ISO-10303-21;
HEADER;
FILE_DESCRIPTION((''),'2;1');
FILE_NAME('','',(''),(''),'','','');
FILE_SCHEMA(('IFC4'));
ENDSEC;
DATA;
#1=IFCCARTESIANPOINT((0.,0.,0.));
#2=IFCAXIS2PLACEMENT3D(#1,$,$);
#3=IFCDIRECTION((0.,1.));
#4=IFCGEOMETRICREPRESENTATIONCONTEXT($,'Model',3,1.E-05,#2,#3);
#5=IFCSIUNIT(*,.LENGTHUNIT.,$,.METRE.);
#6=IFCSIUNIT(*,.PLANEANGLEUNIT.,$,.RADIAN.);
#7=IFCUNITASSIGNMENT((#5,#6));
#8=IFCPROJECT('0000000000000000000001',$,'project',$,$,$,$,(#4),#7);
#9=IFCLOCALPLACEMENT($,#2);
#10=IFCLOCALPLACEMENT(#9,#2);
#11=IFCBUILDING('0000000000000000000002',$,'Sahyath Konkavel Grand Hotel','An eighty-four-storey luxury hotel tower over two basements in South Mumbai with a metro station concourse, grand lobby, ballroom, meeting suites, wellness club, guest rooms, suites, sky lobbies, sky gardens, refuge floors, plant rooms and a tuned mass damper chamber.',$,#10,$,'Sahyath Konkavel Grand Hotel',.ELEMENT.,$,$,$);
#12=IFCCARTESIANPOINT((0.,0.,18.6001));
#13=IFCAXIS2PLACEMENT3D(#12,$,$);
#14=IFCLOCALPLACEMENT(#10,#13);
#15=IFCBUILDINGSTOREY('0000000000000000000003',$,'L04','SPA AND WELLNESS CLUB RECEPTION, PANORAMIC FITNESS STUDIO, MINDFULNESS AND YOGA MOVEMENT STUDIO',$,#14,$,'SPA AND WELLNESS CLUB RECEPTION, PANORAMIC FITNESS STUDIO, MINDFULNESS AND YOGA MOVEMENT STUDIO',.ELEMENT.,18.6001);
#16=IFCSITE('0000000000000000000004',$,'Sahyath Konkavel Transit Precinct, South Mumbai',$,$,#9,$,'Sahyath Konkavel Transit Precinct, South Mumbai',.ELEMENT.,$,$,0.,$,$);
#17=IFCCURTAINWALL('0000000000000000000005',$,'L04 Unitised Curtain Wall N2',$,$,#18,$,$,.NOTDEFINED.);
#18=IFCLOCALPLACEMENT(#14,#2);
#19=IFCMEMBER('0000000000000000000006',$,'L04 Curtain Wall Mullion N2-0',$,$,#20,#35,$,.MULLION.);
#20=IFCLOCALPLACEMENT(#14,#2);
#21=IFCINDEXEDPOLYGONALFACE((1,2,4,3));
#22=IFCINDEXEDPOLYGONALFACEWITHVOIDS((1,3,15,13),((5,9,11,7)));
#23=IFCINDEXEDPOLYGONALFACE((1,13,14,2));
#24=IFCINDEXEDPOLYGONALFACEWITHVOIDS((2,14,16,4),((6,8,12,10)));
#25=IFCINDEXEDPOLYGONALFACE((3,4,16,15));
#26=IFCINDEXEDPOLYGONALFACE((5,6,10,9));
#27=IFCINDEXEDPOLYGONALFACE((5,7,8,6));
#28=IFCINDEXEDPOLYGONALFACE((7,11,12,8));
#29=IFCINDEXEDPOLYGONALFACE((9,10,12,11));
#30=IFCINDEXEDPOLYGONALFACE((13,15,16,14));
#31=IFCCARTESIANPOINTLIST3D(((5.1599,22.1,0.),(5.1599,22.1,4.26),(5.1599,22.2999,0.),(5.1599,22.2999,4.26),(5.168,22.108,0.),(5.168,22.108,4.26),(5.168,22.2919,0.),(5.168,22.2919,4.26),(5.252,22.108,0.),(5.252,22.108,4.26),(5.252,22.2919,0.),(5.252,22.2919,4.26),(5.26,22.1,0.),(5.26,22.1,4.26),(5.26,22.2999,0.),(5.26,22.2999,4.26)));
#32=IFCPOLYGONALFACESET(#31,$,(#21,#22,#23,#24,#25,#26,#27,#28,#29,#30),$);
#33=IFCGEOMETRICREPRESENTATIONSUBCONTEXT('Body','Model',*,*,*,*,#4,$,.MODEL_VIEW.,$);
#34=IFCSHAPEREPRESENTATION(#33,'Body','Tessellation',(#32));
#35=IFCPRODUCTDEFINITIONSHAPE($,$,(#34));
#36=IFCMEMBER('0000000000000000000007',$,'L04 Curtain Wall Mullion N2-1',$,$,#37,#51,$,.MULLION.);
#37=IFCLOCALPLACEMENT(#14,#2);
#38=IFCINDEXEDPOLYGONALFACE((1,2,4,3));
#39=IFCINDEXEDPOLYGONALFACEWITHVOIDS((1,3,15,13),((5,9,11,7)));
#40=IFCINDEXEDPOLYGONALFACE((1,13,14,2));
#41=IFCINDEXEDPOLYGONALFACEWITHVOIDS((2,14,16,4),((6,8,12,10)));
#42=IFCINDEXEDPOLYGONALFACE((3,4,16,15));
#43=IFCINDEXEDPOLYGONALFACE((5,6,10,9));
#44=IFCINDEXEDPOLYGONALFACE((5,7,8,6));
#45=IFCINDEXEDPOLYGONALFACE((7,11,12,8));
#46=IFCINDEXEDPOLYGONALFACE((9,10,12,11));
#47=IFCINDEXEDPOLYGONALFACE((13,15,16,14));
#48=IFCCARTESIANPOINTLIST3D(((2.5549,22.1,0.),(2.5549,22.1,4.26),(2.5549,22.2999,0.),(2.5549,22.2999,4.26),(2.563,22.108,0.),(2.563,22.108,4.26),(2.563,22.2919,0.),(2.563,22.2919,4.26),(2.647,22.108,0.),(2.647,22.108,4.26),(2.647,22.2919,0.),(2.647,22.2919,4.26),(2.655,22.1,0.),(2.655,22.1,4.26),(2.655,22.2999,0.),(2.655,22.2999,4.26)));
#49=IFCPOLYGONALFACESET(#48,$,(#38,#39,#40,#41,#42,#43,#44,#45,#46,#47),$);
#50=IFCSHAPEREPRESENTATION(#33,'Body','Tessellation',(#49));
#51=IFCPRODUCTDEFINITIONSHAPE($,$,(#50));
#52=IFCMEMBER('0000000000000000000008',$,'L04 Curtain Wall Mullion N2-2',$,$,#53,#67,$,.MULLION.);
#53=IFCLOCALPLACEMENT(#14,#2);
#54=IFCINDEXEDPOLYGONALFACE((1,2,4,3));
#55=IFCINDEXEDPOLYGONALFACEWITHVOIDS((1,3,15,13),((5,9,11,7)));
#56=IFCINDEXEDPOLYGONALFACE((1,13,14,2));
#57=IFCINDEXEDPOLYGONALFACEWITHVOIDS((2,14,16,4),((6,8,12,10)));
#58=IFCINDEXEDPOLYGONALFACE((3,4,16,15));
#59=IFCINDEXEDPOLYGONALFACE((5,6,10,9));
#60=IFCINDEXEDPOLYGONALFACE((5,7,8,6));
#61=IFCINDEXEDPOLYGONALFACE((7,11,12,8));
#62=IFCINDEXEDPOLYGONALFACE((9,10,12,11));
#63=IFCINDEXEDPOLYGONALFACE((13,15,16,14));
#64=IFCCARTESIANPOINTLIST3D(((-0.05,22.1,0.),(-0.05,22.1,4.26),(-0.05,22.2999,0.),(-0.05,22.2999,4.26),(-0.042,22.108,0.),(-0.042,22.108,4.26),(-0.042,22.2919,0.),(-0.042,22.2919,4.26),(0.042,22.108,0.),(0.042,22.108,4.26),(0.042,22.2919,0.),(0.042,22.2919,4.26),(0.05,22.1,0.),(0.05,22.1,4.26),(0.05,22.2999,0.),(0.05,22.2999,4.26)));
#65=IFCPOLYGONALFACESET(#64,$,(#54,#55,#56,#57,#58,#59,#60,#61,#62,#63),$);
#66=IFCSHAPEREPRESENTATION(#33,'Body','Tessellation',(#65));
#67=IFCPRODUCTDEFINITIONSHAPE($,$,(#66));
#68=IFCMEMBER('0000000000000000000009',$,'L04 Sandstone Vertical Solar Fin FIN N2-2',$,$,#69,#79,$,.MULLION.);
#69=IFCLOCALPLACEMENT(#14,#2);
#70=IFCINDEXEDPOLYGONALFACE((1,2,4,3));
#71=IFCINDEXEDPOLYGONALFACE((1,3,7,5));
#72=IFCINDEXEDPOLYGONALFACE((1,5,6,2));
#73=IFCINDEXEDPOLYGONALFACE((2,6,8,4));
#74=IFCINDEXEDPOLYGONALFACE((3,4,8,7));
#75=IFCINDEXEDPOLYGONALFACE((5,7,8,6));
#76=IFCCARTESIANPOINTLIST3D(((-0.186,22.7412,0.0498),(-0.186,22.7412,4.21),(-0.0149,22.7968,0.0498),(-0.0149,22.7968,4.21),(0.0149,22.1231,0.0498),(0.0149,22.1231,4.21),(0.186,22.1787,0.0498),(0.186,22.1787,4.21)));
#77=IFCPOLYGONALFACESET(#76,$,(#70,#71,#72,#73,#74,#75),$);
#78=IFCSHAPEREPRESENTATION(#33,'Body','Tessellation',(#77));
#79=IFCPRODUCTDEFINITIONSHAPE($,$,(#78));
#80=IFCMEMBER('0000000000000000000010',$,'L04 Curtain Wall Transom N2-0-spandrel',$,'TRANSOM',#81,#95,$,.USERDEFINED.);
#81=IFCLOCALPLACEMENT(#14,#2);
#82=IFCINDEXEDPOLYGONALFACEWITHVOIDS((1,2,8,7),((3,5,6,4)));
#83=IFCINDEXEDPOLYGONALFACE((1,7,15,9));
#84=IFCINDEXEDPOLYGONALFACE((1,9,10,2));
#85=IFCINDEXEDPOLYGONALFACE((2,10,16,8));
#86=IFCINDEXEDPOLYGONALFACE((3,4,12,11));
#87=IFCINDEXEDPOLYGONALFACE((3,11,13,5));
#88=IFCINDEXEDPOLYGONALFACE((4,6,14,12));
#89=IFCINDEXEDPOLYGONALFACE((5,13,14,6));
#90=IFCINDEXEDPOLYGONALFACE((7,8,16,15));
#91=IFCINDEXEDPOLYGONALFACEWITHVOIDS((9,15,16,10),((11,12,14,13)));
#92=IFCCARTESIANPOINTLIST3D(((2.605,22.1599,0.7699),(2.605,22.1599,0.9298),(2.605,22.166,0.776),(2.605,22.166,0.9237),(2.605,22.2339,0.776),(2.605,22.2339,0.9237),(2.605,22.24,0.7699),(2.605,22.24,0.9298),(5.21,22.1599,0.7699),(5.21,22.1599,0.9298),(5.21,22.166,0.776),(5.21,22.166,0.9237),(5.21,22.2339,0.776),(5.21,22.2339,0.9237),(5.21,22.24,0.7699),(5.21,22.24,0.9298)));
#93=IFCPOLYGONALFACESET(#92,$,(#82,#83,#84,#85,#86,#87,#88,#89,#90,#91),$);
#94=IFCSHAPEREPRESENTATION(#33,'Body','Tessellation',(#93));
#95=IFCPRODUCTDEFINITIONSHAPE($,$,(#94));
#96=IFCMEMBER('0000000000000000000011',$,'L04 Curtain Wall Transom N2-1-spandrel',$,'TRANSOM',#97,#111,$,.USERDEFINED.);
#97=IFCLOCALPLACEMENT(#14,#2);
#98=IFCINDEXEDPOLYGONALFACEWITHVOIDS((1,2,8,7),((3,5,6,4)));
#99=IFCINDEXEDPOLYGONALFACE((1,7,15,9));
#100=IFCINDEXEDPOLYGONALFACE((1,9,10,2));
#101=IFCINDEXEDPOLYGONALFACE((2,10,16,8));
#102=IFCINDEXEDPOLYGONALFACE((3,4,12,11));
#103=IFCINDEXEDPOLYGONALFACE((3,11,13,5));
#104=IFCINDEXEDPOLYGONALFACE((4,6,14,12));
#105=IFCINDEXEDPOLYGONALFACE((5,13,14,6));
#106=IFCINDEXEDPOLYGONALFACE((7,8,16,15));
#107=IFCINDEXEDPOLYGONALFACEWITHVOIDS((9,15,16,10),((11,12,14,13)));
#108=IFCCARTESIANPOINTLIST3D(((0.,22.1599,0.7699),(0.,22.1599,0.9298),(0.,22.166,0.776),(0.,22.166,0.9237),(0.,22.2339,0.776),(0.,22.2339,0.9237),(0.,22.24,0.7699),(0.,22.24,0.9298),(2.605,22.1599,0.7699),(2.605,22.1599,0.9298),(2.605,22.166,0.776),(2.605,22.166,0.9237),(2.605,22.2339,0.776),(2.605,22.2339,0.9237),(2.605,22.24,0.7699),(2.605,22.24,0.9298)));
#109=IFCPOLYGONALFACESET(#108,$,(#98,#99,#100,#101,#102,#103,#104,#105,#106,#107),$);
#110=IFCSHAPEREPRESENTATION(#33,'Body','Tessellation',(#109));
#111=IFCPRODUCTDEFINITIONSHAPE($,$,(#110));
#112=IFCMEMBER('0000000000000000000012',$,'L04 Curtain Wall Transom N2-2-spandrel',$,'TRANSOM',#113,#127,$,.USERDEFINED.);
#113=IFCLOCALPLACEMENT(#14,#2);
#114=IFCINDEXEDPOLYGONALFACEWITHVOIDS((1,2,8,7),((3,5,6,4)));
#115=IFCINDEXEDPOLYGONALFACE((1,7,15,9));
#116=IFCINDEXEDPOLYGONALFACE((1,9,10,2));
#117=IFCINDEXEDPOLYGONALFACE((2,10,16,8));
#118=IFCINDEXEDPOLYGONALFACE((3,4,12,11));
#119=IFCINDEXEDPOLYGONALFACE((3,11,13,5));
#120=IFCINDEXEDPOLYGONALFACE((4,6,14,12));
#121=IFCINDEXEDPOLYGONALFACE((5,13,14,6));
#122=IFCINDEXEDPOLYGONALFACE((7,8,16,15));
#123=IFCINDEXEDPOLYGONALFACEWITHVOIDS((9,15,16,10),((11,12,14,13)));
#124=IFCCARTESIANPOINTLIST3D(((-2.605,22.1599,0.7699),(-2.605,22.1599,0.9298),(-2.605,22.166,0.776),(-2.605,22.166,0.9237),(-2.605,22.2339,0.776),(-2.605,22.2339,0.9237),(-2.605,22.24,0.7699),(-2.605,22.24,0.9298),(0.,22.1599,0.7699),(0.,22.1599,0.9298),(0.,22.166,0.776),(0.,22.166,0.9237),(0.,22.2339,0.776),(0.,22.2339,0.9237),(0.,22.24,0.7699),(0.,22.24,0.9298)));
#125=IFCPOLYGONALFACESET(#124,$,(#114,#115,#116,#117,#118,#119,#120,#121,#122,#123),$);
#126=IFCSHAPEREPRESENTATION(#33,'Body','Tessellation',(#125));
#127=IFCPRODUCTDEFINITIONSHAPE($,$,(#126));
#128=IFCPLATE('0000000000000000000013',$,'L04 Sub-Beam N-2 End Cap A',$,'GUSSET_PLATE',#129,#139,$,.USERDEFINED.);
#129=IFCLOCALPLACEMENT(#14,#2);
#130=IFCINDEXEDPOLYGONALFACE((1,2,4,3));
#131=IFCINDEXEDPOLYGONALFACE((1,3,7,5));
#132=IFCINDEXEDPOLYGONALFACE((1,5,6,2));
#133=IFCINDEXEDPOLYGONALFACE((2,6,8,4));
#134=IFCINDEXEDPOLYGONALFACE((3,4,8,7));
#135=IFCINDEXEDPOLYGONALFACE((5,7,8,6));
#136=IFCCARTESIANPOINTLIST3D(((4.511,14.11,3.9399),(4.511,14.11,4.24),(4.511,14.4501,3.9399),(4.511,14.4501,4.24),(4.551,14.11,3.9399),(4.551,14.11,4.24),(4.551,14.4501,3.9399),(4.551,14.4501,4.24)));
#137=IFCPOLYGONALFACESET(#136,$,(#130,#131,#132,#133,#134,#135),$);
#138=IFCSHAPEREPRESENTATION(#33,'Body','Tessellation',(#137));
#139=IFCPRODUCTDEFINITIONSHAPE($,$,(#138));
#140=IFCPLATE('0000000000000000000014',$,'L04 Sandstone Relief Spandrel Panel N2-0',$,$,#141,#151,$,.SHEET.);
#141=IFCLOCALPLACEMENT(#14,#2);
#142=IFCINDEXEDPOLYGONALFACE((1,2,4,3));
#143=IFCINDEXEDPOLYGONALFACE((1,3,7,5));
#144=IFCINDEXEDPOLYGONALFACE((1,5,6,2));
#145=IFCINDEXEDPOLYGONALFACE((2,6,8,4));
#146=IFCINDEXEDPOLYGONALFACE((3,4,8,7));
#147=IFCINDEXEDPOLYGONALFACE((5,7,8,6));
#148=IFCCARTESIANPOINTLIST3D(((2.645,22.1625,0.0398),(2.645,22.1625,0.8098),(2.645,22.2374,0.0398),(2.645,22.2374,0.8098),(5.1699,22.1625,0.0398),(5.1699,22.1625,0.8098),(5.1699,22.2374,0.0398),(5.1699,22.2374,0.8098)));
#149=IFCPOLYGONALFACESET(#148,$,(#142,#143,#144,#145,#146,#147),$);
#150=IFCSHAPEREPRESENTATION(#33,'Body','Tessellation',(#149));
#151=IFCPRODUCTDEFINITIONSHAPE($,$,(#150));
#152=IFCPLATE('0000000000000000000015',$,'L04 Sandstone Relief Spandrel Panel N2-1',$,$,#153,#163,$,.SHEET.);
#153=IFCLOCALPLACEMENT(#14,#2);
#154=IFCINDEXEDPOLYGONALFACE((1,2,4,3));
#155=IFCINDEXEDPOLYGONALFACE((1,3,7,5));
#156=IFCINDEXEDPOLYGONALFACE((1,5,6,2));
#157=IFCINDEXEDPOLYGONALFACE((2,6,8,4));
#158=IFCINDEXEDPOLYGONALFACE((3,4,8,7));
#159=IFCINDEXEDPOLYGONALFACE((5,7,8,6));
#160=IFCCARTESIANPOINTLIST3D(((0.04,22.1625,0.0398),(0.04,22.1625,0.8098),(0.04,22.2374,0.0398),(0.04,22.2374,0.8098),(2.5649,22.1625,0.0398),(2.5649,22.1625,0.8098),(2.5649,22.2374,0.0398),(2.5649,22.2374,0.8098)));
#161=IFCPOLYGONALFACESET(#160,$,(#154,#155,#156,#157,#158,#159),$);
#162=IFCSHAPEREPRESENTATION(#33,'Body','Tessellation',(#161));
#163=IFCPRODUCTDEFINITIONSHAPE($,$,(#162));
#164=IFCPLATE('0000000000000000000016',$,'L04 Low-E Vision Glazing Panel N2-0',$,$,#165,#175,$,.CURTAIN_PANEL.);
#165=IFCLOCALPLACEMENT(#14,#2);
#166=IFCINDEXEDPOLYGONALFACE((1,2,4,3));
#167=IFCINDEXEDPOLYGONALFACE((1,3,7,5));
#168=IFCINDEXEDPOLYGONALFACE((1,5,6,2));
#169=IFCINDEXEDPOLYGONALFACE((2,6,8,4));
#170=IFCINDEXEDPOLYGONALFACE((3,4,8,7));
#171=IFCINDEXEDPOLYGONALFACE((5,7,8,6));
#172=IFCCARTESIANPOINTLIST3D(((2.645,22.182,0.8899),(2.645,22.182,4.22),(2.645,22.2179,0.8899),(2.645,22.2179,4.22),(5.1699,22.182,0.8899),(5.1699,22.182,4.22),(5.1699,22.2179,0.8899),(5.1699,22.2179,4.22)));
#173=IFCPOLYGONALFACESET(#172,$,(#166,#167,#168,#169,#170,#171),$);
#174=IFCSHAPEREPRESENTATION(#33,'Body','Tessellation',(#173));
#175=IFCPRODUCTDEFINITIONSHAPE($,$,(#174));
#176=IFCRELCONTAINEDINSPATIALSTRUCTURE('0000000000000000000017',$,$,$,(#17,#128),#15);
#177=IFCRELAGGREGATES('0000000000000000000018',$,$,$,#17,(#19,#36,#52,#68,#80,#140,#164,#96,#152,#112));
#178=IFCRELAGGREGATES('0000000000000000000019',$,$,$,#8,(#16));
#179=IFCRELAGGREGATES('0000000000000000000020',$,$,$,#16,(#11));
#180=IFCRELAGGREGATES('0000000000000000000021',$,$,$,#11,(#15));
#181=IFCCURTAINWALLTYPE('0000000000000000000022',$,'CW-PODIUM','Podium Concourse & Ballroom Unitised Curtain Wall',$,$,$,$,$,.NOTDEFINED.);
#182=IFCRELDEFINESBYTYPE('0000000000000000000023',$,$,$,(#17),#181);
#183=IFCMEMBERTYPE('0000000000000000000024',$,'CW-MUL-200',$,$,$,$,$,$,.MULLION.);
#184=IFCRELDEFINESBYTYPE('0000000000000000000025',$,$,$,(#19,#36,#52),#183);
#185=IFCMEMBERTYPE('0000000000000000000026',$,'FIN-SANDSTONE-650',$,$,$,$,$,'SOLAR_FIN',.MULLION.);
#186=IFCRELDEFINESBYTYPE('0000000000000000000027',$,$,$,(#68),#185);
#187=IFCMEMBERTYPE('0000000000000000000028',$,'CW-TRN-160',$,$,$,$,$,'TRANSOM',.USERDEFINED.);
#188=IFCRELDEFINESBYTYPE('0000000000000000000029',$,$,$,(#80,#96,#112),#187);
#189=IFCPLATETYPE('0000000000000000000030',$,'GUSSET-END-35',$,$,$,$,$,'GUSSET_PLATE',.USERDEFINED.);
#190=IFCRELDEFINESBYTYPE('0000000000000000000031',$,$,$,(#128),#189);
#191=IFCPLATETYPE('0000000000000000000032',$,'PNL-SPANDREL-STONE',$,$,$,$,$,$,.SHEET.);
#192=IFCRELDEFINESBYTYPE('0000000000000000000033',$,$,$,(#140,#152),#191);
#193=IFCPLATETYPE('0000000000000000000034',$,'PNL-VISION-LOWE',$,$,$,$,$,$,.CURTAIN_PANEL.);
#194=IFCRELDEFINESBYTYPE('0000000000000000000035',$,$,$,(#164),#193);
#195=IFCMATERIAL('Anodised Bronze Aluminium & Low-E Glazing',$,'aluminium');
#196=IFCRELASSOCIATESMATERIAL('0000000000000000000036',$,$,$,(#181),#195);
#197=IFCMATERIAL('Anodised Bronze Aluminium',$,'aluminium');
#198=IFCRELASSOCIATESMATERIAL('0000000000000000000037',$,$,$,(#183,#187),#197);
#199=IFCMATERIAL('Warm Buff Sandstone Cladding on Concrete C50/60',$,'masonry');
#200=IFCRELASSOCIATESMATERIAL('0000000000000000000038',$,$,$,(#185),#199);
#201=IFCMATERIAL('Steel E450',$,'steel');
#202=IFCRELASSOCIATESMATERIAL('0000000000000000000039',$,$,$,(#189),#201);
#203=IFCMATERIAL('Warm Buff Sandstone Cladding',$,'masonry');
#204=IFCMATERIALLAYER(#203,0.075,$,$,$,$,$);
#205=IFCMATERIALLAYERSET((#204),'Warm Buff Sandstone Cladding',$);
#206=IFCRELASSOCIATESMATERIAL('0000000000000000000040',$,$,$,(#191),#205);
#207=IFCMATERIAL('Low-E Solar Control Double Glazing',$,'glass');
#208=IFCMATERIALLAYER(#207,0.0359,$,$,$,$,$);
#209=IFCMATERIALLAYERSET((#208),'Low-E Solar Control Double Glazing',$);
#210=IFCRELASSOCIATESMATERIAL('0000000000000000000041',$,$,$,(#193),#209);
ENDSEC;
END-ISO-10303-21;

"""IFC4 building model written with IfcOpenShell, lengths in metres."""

from ifc_helpers import new_model, si_unit, direction, frame, origin, origin_2d, place, context, subcontext, project, spatial, rectangle, hollow_rectangle, extrude, source, transform, mapped, material, layer, layer_set, material_profile, profile_set, type_object, element, aggregate, save


model = new_model("IFC4")

# Units and contexts
model_context = context("Model", 3, precision=1e-05, world=origin(), true_north=direction((0.0, 1.0)))
body_context = subcontext(model_context, "Body", "Model", "MODEL_VIEW")
ifc_project = project(units=[si_unit("LENGTHUNIT", "METRE"), si_unit("PLANEANGLEUNIT", "RADIAN")], contexts=[model_context])

# Site, building, storey
site_placement = place(None, origin())
site = spatial("IfcSite", under=ifc_project, at=site_placement, Name="Sahyath Konkavel Transit Precinct, South Mumbai", LongName="Sahyath Konkavel Transit Precinct, South Mumbai", CompositionType="ELEMENT", RefElevation=0.0)
building_placement = place(site_placement, origin())
building = spatial("IfcBuilding", under=site, at=building_placement, Name="Sahyath Konkavel Grand Hotel", Description="An eighty-four-storey luxury hotel tower over two basements in South Mumbai with a metro station concourse, grand lobby, ballroom, meeting suites, wellness club, guest rooms, suites, sky lobbies, sky gardens, refuge floors, plant rooms and a tuned mass damper chamber.", LongName="Sahyath Konkavel Grand Hotel", CompositionType="ELEMENT")
storey_placement = place(building_placement, frame((0.0, 0.0, 18.6001)))
storey = spatial("IfcBuildingStorey", under=building, at=storey_placement, Name="L04", Description="SPA AND WELLNESS CLUB RECEPTION, PANORAMIC FITNESS STUDIO, MINDFULNESS AND YOGA MOVEMENT STUDIO", LongName="SPA AND WELLNESS CLUB RECEPTION, PANORAMIC FITNESS STUDIO, MINDFULNESS AND YOGA MOVEMENT STUDIO", CompositionType="ELEMENT", Elevation=18.6001)

# Curtain wall, members
ifc_material_1 = material(Name="Anodised Bronze Aluminium & Low-E Glazing", Category="aluminium")
curtain_wall_type = type_object("IfcCurtainWallType", Name="CW-PODIUM", Description="Podium Concourse & Ballroom Unitised Curtain Wall", PredefinedType="NOTDEFINED", material=ifc_material_1)
curtain_wall_placement = place(storey_placement, origin())
curtain_wall = element("IfcCurtainWall", 1, at=curtain_wall_placement, inside=storey, type_object=curtain_wall_type, Name="L04 Unitised Curtain Wall N2", PredefinedType="NOTDEFINED")
ifc_material_2 = material(Name="Anodised Bronze Aluminium", Category="aluminium")
ifc_material_profile_1 = material_profile(ifc_material_2, hollow_rectangle(XDim=0.1001, YDim=0.2, WallThickness=0.0081, at=origin_2d()), Name="RHS 200x100x8")
ifc_profile_set_1 = profile_set([ifc_material_profile_1], Name="Anodised Bronze Aluminium")
member_type_1 = type_object("IfcMemberType", Name="CW-MUL-200", PredefinedType="MULLION", material=ifc_profile_set_1)
shared_shape_1 = source(origin(), body_context, "Body", "SweptSolid", [
    extrude(hollow_rectangle(XDim=0.1001, YDim=0.2, WallThickness=0.0081, at=origin_2d()), origin(), (0.0, 0.0, 1.0), 4.26),
])
member_1_placement = place(storey_placement, frame((5.21, 22.2, 0.0), z_axis=(0.0, 0.0, 1.0), x_axis=(1.0, 0.0, 0.0)))
member_1 = element("IfcMember", 2, at=member_1_placement, type_object=member_type_1, Name="L04 Curtain Wall Mullion N2-0", PredefinedType="MULLION", context=body_context, shape_type="MappedRepresentation", body=[
    mapped(shared_shape_1, transform((0.0, 0.0, 0.0), scale=1.0)),
])
member_2_placement = place(storey_placement, frame((2.605, 22.2, 0.0), z_axis=(0.0, 0.0, 1.0), x_axis=(1.0, 0.0, 0.0)))
member_2 = element("IfcMember", 3, at=member_2_placement, type_object=member_type_1, Name="L04 Curtain Wall Mullion N2-1", PredefinedType="MULLION", context=body_context, shape_type="MappedRepresentation", body=[
    mapped(shared_shape_1, transform((0.0, 0.0, 0.0), scale=1.0)),
])
member_3_placement = place(storey_placement, frame((0.0, 22.2, 0.0), z_axis=(0.0, 0.0, 1.0), x_axis=(1.0, 0.0, 0.0)))
member_3 = element("IfcMember", 4, at=member_3_placement, type_object=member_type_1, Name="L04 Curtain Wall Mullion N2-2", PredefinedType="MULLION", context=body_context, shape_type="MappedRepresentation", body=[
    mapped(shared_shape_1, transform((0.0, 0.0, 0.0), scale=1.0)),
])
ifc_material_3 = material(Name="Warm Buff Sandstone Cladding on Concrete C50/60", Category="masonry")
ifc_material_profile_2 = material_profile(ifc_material_3, rectangle(XDim=0.1799, YDim=0.6499, at=origin_2d()), Name="FIN 180x650")
ifc_profile_set_2 = profile_set([ifc_material_profile_2], Name="Warm Buff Sandstone Cladding on Concrete C50/60")
member_type_2 = type_object("IfcMemberType", Name="FIN-SANDSTONE-650", ElementType="SOLAR_FIN", PredefinedType="MULLION", material=ifc_profile_set_2)
shared_shape_2 = source(origin(), body_context, "Body", "SweptSolid", [
    extrude(rectangle(XDim=0.1799, YDim=0.6499, at=origin_2d()), origin(), (0.0, 0.0, 1.0), 4.1602),
])
member_4_placement = place(storey_placement, frame((0.0, 22.46, 0.0498), z_axis=(0.0, 0.0, 1.0), x_axis=(0.951057, 0.309017, 0.0)))
member_4 = element("IfcMember", 5, at=member_4_placement, type_object=member_type_2, Name="L04 Sandstone Vertical Solar Fin FIN N2-2", PredefinedType="MULLION", context=body_context, shape_type="MappedRepresentation", body=[
    mapped(shared_shape_2, transform((0.0, 0.0, 0.0), scale=1.0)),
])
ifc_material_profile_3 = material_profile(ifc_material_2, hollow_rectangle(XDim=0.0801, YDim=0.1599, WallThickness=0.0061, at=origin_2d()), Name="RHS 160x80x6")
ifc_profile_set_3 = profile_set([ifc_material_profile_3], Name="Anodised Bronze Aluminium")
member_type_3 = type_object("IfcMemberType", Name="CW-TRN-160", ElementType="TRANSOM", PredefinedType="USERDEFINED", material=ifc_profile_set_3)
shared_shape_3 = source(origin(), body_context, "Body", "SweptSolid", [
    extrude(hollow_rectangle(XDim=0.0801, YDim=0.1599, WallThickness=0.0061, at=origin_2d()), origin(), (0.0, 0.0, 1.0), 2.605),
])
member_5_placement = place(storey_placement, frame((5.21, 22.2, 0.8499), z_axis=(-1.0, 0.0, 0.0), x_axis=(0.0, -1.0, 0.0)))
member_5 = element("IfcMember", 6, at=member_5_placement, type_object=member_type_3, Name="L04 Curtain Wall Transom N2-0-spandrel", ObjectType="TRANSOM", PredefinedType="USERDEFINED", context=body_context, shape_type="MappedRepresentation", body=[
    mapped(shared_shape_3, transform((0.0, 0.0, 0.0), scale=1.0)),
])
member_6_placement = place(storey_placement, frame((2.605, 22.2, 0.8499), z_axis=(-1.0, 0.0, 0.0), x_axis=(0.0, -1.0, 0.0)))
member_6 = element("IfcMember", 7, at=member_6_placement, type_object=member_type_3, Name="L04 Curtain Wall Transom N2-1-spandrel", ObjectType="TRANSOM", PredefinedType="USERDEFINED", context=body_context, shape_type="MappedRepresentation", body=[
    mapped(shared_shape_3, transform((0.0, 0.0, 0.0), scale=1.0)),
])
member_7_placement = place(storey_placement, frame((0.0, 22.2, 0.8499), z_axis=(-1.0, 0.0, 0.0), x_axis=(0.0, -1.0, 0.0)))
member_7 = element("IfcMember", 8, at=member_7_placement, type_object=member_type_3, Name="L04 Curtain Wall Transom N2-2-spandrel", ObjectType="TRANSOM", PredefinedType="USERDEFINED", context=body_context, shape_type="MappedRepresentation", body=[
    mapped(shared_shape_3, transform((0.0, 0.0, 0.0), scale=1.0)),
])

# Plates
ifc_material_4 = material(Name="Steel E450", Category="steel")
plate_type_1 = type_object("IfcPlateType", Name="GUSSET-END-35", ElementType="GUSSET_PLATE", PredefinedType="USERDEFINED", material=ifc_material_4)
shared_shape_4 = source(origin(), body_context, "Body", "SweptSolid", [
    extrude(rectangle(XDim=0.04, YDim=0.3401, at=origin_2d()), origin(), (0.0, 0.0, 1.0), 0.3),
])
plate_1_placement = place(storey_placement, frame((4.531, 14.28, 3.9399), z_axis=(0.0, 0.0, 1.0), x_axis=(-1.0, 0.0, 0.0)))
element("IfcPlate", 9, at=plate_1_placement, inside=storey, type_object=plate_type_1, Name="L04 Sub-Beam N-2 End Cap A", ObjectType="GUSSET_PLATE", PredefinedType="USERDEFINED", context=body_context, shape_type="MappedRepresentation", body=[
    mapped(shared_shape_4, transform((0.0, 0.0, 0.0), scale=1.0)),
])
ifc_material_5 = material(Name="Warm Buff Sandstone Cladding", Category="masonry")
ifc_layer_1 = layer(ifc_material_5, 0.075)
ifc_layer_set_1 = layer_set([ifc_layer_1], Name="Warm Buff Sandstone Cladding")
plate_type_2 = type_object("IfcPlateType", Name="PNL-SPANDREL-STONE", PredefinedType="SHEET", material=ifc_layer_set_1)
shared_shape_5 = source(origin(), body_context, "Body", "SweptSolid", [
    extrude(rectangle(XDim=2.5249, YDim=0.075, at=origin_2d()), origin(), (0.0, 0.0, 1.0), 0.77),
])
plate_2_placement = place(storey_placement, frame((3.9075, 22.2, 0.0398), z_axis=(0.0, 0.0, 1.0), x_axis=(-1.0, 0.0, 0.0)))
plate_2 = element("IfcPlate", 10, at=plate_2_placement, type_object=plate_type_2, Name="L04 Sandstone Relief Spandrel Panel N2-0", PredefinedType="SHEET", context=body_context, shape_type="MappedRepresentation", body=[
    mapped(shared_shape_5, transform((0.0, 0.0, 0.0), scale=1.0)),
])
plate_3_placement = place(storey_placement, frame((1.3025, 22.2, 0.0398), z_axis=(0.0, 0.0, 1.0), x_axis=(-1.0, 0.0, 0.0)))
plate_3 = element("IfcPlate", 11, at=plate_3_placement, type_object=plate_type_2, Name="L04 Sandstone Relief Spandrel Panel N2-1", PredefinedType="SHEET", context=body_context, shape_type="MappedRepresentation", body=[
    mapped(shared_shape_5, transform((0.0, 0.0, 0.0), scale=1.0)),
])
ifc_material_6 = material(Name="Low-E Solar Control Double Glazing", Category="glass")
ifc_layer_2 = layer(ifc_material_6, 0.0359)
ifc_layer_set_2 = layer_set([ifc_layer_2], Name="Low-E Solar Control Double Glazing")
plate_type_3 = type_object("IfcPlateType", Name="PNL-VISION-LOWE", PredefinedType="CURTAIN_PANEL", material=ifc_layer_set_2)
shared_shape_6 = source(origin(), body_context, "Body", "SweptSolid", [
    extrude(rectangle(XDim=2.5249, YDim=0.0359, at=origin_2d()), origin(), (0.0, 0.0, 1.0), 3.3301),
])
plate_4_placement = place(storey_placement, frame((3.9075, 22.2, 0.8899), z_axis=(0.0, 0.0, 1.0), x_axis=(-1.0, 0.0, 0.0)))
plate_4 = element("IfcPlate", 12, at=plate_4_placement, type_object=plate_type_3, Name="L04 Low-E Vision Glazing Panel N2-0", PredefinedType="CURTAIN_PANEL", context=body_context, shape_type="MappedRepresentation", body=[
    mapped(shared_shape_6, transform((0.0, 0.0, 0.0), scale=1.0)),
])
aggregate(curtain_wall, [member_1, member_2, member_3, member_4, member_5, plate_2, plate_4, member_6, plate_3, member_7])

save(model, "model.ifc")
